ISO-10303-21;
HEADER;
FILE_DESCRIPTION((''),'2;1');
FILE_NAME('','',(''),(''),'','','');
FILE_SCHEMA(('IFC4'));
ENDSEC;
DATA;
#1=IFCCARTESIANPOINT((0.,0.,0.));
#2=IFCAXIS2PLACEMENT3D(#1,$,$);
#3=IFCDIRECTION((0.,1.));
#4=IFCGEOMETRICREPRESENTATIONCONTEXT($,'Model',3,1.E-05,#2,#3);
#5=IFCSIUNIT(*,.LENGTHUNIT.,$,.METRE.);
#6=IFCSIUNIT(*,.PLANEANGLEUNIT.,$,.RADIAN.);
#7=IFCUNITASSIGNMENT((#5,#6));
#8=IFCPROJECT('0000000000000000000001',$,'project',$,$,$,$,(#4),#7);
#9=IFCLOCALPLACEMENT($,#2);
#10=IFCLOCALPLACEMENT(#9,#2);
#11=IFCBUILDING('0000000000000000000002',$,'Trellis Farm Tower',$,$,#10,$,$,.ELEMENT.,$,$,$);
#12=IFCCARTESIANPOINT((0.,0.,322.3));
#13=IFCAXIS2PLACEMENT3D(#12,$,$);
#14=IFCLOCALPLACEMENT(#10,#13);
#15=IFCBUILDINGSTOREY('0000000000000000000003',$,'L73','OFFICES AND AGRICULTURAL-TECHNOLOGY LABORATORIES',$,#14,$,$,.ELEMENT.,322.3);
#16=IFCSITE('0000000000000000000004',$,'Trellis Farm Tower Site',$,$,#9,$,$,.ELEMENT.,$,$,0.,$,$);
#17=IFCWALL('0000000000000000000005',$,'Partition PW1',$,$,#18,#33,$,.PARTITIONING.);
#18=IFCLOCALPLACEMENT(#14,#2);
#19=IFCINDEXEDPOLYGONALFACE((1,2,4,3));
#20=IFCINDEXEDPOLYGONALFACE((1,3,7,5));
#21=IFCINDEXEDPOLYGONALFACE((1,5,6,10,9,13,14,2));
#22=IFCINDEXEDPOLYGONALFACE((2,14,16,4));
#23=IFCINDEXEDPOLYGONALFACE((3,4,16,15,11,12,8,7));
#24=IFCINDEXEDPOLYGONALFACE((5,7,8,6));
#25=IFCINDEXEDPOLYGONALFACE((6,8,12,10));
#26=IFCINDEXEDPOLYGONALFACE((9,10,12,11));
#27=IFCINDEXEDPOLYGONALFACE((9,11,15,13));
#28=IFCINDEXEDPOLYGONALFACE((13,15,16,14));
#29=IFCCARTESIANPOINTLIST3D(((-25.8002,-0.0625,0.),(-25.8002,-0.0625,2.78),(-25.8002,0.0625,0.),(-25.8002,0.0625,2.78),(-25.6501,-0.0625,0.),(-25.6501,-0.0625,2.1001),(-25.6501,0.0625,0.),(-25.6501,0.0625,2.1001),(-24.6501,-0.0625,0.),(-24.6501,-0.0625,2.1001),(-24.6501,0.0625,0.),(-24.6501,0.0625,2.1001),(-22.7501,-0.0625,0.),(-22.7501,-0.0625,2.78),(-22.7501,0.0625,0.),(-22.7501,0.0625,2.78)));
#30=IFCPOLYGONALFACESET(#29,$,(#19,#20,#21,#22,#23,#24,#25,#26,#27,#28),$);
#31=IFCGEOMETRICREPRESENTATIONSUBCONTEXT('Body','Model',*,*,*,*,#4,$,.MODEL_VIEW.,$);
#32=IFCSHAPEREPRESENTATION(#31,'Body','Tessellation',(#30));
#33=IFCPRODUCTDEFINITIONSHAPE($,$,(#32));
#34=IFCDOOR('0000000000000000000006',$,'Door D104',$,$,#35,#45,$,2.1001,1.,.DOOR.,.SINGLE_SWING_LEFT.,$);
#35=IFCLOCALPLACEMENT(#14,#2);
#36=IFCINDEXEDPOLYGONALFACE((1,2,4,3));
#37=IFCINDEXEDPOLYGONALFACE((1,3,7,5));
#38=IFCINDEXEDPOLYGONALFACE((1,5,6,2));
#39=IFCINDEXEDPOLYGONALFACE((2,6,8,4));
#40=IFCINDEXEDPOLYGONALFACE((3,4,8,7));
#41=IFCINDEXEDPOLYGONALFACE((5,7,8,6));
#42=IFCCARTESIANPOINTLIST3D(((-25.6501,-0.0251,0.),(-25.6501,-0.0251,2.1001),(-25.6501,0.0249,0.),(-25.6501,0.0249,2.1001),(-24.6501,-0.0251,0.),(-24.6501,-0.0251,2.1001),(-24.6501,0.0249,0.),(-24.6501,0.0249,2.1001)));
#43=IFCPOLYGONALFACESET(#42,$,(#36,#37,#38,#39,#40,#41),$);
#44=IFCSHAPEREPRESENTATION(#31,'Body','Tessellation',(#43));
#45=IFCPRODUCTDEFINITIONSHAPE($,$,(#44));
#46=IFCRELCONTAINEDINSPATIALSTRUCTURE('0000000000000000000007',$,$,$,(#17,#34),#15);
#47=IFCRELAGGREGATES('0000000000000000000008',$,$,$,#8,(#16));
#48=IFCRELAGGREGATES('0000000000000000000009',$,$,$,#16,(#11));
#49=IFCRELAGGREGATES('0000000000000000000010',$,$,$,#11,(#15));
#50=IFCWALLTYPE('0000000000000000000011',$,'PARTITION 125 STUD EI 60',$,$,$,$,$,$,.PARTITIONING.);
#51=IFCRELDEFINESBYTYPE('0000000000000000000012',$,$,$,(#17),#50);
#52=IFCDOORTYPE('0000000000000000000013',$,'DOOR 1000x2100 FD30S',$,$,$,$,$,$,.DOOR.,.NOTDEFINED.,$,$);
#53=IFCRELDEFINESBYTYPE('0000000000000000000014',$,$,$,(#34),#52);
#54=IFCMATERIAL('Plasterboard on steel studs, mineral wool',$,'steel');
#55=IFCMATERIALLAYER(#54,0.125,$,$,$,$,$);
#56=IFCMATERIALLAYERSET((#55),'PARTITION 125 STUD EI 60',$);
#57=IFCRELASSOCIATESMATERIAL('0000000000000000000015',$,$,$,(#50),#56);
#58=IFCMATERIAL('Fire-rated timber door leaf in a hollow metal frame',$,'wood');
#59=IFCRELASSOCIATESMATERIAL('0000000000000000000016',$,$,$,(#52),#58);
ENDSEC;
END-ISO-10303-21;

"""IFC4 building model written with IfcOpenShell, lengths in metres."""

from ifc_helpers import new_model, si_unit, direction, frame, frame_2d, origin, place, context, subcontext, project, spatial, rectangle, extrude, source, transform, mapped, material, layer, layer_set, type_object, element, fill, save


model = new_model("IFC4")

# Units and contexts
model_context = context("Model", 3, precision=1e-05, world=origin(), true_north=direction((0.0, 1.0)))
body_context = subcontext(model_context, "Body", "Model", "MODEL_VIEW")
ifc_project = project(units=[si_unit("LENGTHUNIT", "METRE"), si_unit("PLANEANGLEUNIT", "RADIAN")], contexts=[model_context])

# Site, building, storey
site_placement = place(None, origin())
site = spatial("IfcSite", under=ifc_project, at=site_placement, Name="Trellis Farm Tower Site", CompositionType="ELEMENT", RefElevation=0.0)
building_placement = place(site_placement, origin())
building = spatial("IfcBuilding", under=site, at=building_placement, Name="Trellis Farm Tower", CompositionType="ELEMENT")
storey_placement = place(building_placement, frame((0.0, 0.0, 322.3)))
storey = spatial("IfcBuildingStorey", under=building, at=storey_placement, Name="L73", Description="OFFICES AND AGRICULTURAL-TECHNOLOGY LABORATORIES", CompositionType="ELEMENT", Elevation=322.3)

# Wall, opening, door
ifc_material_1 = material(Name="Plasterboard on steel studs, mineral wool", Category="steel")
ifc_layer_1 = layer(ifc_material_1, 0.125)
ifc_layer_set_1 = layer_set([ifc_layer_1], Name="PARTITION 125 STUD EI 60")
wall_type_1 = type_object("IfcWallType", Name="PARTITION 125 STUD EI 60", PredefinedType="PARTITIONING", material=ifc_layer_set_1)
shared_shape_1 = source(origin(), body_context, "Body", "SweptSolid", [
    extrude(rectangle(XDim=3.05, YDim=0.125, at=frame_2d((1.5249, 0.0))), origin(), (0.0, 0.0, 1.0), 2.78),
])
wall_1_placement = place(storey_placement, frame((-25.8, 0.0, 0.0), z_axis=(0.0, 0.0, 1.0), x_axis=(1.0, 0.0, 0.0)))
wall_1 = element("IfcWall", 1, at=wall_1_placement, inside=storey, type_object=wall_type_1, Name="Partition PW1", PredefinedType="PARTITIONING", context=body_context, shape_type="MappedRepresentation", body=[
    mapped(shared_shape_1, transform((0.0, 0.0, 0.0))),
])
shared_shape_2 = source(origin(), body_context, "Body", "SweptSolid", [
    extrude(rectangle(XDim=1.0, YDim=2.1001, at=frame_2d((0.5, 1.05))), frame((0.0, 0.0725, 0.0), z_axis=(0.0, -1.0, 0.0), x_axis=(1.0, 0.0, 0.0)), (0.0, 0.0, 1.0), 0.145),
])
opening_1_placement = place(wall_1_placement, frame((0.1499, 0.0, 0.0)))
opening_1 = element("IfcOpeningElement", 2, at=opening_1_placement, cuts=wall_1, PredefinedType="OPENING", context=body_context, shape_type="MappedRepresentation", body=[
    mapped(shared_shape_2, transform((0.0, 0.0, 0.0))),
])
ifc_material_2 = material(Name="Fire-rated timber door leaf in a hollow metal frame", Category="wood")
door_type_1 = type_object("IfcDoorType", Name="DOOR 1000x2100 FD30S", OperationType="NOTDEFINED", PredefinedType="DOOR", material=ifc_material_2)
shared_shape_3 = source(origin(), body_context, "Body", "SweptSolid", [
    extrude(rectangle(XDim=1.0, YDim=2.1001, at=frame_2d((0.5, 1.05))), frame((0.0, 0.0249, 0.0), z_axis=(0.0, -1.0, 0.0), x_axis=(1.0, 0.0, 0.0)), (0.0, 0.0, 1.0), 0.05),
])
door_1_placement = place(opening_1_placement, origin())
door_1 = element("IfcDoor", 3, at=door_1_placement, inside=storey, type_object=door_type_1, Name="Door D104", OperationType="SINGLE_SWING_LEFT", OverallHeight=2.1001, OverallWidth=1.0, PredefinedType="DOOR", context=body_context, shape_type="MappedRepresentation", body=[
    mapped(shared_shape_3, transform((0.0, 0.0, 0.0))),
])
fill(opening_1, door_1)

save(model, "model.ifc")
